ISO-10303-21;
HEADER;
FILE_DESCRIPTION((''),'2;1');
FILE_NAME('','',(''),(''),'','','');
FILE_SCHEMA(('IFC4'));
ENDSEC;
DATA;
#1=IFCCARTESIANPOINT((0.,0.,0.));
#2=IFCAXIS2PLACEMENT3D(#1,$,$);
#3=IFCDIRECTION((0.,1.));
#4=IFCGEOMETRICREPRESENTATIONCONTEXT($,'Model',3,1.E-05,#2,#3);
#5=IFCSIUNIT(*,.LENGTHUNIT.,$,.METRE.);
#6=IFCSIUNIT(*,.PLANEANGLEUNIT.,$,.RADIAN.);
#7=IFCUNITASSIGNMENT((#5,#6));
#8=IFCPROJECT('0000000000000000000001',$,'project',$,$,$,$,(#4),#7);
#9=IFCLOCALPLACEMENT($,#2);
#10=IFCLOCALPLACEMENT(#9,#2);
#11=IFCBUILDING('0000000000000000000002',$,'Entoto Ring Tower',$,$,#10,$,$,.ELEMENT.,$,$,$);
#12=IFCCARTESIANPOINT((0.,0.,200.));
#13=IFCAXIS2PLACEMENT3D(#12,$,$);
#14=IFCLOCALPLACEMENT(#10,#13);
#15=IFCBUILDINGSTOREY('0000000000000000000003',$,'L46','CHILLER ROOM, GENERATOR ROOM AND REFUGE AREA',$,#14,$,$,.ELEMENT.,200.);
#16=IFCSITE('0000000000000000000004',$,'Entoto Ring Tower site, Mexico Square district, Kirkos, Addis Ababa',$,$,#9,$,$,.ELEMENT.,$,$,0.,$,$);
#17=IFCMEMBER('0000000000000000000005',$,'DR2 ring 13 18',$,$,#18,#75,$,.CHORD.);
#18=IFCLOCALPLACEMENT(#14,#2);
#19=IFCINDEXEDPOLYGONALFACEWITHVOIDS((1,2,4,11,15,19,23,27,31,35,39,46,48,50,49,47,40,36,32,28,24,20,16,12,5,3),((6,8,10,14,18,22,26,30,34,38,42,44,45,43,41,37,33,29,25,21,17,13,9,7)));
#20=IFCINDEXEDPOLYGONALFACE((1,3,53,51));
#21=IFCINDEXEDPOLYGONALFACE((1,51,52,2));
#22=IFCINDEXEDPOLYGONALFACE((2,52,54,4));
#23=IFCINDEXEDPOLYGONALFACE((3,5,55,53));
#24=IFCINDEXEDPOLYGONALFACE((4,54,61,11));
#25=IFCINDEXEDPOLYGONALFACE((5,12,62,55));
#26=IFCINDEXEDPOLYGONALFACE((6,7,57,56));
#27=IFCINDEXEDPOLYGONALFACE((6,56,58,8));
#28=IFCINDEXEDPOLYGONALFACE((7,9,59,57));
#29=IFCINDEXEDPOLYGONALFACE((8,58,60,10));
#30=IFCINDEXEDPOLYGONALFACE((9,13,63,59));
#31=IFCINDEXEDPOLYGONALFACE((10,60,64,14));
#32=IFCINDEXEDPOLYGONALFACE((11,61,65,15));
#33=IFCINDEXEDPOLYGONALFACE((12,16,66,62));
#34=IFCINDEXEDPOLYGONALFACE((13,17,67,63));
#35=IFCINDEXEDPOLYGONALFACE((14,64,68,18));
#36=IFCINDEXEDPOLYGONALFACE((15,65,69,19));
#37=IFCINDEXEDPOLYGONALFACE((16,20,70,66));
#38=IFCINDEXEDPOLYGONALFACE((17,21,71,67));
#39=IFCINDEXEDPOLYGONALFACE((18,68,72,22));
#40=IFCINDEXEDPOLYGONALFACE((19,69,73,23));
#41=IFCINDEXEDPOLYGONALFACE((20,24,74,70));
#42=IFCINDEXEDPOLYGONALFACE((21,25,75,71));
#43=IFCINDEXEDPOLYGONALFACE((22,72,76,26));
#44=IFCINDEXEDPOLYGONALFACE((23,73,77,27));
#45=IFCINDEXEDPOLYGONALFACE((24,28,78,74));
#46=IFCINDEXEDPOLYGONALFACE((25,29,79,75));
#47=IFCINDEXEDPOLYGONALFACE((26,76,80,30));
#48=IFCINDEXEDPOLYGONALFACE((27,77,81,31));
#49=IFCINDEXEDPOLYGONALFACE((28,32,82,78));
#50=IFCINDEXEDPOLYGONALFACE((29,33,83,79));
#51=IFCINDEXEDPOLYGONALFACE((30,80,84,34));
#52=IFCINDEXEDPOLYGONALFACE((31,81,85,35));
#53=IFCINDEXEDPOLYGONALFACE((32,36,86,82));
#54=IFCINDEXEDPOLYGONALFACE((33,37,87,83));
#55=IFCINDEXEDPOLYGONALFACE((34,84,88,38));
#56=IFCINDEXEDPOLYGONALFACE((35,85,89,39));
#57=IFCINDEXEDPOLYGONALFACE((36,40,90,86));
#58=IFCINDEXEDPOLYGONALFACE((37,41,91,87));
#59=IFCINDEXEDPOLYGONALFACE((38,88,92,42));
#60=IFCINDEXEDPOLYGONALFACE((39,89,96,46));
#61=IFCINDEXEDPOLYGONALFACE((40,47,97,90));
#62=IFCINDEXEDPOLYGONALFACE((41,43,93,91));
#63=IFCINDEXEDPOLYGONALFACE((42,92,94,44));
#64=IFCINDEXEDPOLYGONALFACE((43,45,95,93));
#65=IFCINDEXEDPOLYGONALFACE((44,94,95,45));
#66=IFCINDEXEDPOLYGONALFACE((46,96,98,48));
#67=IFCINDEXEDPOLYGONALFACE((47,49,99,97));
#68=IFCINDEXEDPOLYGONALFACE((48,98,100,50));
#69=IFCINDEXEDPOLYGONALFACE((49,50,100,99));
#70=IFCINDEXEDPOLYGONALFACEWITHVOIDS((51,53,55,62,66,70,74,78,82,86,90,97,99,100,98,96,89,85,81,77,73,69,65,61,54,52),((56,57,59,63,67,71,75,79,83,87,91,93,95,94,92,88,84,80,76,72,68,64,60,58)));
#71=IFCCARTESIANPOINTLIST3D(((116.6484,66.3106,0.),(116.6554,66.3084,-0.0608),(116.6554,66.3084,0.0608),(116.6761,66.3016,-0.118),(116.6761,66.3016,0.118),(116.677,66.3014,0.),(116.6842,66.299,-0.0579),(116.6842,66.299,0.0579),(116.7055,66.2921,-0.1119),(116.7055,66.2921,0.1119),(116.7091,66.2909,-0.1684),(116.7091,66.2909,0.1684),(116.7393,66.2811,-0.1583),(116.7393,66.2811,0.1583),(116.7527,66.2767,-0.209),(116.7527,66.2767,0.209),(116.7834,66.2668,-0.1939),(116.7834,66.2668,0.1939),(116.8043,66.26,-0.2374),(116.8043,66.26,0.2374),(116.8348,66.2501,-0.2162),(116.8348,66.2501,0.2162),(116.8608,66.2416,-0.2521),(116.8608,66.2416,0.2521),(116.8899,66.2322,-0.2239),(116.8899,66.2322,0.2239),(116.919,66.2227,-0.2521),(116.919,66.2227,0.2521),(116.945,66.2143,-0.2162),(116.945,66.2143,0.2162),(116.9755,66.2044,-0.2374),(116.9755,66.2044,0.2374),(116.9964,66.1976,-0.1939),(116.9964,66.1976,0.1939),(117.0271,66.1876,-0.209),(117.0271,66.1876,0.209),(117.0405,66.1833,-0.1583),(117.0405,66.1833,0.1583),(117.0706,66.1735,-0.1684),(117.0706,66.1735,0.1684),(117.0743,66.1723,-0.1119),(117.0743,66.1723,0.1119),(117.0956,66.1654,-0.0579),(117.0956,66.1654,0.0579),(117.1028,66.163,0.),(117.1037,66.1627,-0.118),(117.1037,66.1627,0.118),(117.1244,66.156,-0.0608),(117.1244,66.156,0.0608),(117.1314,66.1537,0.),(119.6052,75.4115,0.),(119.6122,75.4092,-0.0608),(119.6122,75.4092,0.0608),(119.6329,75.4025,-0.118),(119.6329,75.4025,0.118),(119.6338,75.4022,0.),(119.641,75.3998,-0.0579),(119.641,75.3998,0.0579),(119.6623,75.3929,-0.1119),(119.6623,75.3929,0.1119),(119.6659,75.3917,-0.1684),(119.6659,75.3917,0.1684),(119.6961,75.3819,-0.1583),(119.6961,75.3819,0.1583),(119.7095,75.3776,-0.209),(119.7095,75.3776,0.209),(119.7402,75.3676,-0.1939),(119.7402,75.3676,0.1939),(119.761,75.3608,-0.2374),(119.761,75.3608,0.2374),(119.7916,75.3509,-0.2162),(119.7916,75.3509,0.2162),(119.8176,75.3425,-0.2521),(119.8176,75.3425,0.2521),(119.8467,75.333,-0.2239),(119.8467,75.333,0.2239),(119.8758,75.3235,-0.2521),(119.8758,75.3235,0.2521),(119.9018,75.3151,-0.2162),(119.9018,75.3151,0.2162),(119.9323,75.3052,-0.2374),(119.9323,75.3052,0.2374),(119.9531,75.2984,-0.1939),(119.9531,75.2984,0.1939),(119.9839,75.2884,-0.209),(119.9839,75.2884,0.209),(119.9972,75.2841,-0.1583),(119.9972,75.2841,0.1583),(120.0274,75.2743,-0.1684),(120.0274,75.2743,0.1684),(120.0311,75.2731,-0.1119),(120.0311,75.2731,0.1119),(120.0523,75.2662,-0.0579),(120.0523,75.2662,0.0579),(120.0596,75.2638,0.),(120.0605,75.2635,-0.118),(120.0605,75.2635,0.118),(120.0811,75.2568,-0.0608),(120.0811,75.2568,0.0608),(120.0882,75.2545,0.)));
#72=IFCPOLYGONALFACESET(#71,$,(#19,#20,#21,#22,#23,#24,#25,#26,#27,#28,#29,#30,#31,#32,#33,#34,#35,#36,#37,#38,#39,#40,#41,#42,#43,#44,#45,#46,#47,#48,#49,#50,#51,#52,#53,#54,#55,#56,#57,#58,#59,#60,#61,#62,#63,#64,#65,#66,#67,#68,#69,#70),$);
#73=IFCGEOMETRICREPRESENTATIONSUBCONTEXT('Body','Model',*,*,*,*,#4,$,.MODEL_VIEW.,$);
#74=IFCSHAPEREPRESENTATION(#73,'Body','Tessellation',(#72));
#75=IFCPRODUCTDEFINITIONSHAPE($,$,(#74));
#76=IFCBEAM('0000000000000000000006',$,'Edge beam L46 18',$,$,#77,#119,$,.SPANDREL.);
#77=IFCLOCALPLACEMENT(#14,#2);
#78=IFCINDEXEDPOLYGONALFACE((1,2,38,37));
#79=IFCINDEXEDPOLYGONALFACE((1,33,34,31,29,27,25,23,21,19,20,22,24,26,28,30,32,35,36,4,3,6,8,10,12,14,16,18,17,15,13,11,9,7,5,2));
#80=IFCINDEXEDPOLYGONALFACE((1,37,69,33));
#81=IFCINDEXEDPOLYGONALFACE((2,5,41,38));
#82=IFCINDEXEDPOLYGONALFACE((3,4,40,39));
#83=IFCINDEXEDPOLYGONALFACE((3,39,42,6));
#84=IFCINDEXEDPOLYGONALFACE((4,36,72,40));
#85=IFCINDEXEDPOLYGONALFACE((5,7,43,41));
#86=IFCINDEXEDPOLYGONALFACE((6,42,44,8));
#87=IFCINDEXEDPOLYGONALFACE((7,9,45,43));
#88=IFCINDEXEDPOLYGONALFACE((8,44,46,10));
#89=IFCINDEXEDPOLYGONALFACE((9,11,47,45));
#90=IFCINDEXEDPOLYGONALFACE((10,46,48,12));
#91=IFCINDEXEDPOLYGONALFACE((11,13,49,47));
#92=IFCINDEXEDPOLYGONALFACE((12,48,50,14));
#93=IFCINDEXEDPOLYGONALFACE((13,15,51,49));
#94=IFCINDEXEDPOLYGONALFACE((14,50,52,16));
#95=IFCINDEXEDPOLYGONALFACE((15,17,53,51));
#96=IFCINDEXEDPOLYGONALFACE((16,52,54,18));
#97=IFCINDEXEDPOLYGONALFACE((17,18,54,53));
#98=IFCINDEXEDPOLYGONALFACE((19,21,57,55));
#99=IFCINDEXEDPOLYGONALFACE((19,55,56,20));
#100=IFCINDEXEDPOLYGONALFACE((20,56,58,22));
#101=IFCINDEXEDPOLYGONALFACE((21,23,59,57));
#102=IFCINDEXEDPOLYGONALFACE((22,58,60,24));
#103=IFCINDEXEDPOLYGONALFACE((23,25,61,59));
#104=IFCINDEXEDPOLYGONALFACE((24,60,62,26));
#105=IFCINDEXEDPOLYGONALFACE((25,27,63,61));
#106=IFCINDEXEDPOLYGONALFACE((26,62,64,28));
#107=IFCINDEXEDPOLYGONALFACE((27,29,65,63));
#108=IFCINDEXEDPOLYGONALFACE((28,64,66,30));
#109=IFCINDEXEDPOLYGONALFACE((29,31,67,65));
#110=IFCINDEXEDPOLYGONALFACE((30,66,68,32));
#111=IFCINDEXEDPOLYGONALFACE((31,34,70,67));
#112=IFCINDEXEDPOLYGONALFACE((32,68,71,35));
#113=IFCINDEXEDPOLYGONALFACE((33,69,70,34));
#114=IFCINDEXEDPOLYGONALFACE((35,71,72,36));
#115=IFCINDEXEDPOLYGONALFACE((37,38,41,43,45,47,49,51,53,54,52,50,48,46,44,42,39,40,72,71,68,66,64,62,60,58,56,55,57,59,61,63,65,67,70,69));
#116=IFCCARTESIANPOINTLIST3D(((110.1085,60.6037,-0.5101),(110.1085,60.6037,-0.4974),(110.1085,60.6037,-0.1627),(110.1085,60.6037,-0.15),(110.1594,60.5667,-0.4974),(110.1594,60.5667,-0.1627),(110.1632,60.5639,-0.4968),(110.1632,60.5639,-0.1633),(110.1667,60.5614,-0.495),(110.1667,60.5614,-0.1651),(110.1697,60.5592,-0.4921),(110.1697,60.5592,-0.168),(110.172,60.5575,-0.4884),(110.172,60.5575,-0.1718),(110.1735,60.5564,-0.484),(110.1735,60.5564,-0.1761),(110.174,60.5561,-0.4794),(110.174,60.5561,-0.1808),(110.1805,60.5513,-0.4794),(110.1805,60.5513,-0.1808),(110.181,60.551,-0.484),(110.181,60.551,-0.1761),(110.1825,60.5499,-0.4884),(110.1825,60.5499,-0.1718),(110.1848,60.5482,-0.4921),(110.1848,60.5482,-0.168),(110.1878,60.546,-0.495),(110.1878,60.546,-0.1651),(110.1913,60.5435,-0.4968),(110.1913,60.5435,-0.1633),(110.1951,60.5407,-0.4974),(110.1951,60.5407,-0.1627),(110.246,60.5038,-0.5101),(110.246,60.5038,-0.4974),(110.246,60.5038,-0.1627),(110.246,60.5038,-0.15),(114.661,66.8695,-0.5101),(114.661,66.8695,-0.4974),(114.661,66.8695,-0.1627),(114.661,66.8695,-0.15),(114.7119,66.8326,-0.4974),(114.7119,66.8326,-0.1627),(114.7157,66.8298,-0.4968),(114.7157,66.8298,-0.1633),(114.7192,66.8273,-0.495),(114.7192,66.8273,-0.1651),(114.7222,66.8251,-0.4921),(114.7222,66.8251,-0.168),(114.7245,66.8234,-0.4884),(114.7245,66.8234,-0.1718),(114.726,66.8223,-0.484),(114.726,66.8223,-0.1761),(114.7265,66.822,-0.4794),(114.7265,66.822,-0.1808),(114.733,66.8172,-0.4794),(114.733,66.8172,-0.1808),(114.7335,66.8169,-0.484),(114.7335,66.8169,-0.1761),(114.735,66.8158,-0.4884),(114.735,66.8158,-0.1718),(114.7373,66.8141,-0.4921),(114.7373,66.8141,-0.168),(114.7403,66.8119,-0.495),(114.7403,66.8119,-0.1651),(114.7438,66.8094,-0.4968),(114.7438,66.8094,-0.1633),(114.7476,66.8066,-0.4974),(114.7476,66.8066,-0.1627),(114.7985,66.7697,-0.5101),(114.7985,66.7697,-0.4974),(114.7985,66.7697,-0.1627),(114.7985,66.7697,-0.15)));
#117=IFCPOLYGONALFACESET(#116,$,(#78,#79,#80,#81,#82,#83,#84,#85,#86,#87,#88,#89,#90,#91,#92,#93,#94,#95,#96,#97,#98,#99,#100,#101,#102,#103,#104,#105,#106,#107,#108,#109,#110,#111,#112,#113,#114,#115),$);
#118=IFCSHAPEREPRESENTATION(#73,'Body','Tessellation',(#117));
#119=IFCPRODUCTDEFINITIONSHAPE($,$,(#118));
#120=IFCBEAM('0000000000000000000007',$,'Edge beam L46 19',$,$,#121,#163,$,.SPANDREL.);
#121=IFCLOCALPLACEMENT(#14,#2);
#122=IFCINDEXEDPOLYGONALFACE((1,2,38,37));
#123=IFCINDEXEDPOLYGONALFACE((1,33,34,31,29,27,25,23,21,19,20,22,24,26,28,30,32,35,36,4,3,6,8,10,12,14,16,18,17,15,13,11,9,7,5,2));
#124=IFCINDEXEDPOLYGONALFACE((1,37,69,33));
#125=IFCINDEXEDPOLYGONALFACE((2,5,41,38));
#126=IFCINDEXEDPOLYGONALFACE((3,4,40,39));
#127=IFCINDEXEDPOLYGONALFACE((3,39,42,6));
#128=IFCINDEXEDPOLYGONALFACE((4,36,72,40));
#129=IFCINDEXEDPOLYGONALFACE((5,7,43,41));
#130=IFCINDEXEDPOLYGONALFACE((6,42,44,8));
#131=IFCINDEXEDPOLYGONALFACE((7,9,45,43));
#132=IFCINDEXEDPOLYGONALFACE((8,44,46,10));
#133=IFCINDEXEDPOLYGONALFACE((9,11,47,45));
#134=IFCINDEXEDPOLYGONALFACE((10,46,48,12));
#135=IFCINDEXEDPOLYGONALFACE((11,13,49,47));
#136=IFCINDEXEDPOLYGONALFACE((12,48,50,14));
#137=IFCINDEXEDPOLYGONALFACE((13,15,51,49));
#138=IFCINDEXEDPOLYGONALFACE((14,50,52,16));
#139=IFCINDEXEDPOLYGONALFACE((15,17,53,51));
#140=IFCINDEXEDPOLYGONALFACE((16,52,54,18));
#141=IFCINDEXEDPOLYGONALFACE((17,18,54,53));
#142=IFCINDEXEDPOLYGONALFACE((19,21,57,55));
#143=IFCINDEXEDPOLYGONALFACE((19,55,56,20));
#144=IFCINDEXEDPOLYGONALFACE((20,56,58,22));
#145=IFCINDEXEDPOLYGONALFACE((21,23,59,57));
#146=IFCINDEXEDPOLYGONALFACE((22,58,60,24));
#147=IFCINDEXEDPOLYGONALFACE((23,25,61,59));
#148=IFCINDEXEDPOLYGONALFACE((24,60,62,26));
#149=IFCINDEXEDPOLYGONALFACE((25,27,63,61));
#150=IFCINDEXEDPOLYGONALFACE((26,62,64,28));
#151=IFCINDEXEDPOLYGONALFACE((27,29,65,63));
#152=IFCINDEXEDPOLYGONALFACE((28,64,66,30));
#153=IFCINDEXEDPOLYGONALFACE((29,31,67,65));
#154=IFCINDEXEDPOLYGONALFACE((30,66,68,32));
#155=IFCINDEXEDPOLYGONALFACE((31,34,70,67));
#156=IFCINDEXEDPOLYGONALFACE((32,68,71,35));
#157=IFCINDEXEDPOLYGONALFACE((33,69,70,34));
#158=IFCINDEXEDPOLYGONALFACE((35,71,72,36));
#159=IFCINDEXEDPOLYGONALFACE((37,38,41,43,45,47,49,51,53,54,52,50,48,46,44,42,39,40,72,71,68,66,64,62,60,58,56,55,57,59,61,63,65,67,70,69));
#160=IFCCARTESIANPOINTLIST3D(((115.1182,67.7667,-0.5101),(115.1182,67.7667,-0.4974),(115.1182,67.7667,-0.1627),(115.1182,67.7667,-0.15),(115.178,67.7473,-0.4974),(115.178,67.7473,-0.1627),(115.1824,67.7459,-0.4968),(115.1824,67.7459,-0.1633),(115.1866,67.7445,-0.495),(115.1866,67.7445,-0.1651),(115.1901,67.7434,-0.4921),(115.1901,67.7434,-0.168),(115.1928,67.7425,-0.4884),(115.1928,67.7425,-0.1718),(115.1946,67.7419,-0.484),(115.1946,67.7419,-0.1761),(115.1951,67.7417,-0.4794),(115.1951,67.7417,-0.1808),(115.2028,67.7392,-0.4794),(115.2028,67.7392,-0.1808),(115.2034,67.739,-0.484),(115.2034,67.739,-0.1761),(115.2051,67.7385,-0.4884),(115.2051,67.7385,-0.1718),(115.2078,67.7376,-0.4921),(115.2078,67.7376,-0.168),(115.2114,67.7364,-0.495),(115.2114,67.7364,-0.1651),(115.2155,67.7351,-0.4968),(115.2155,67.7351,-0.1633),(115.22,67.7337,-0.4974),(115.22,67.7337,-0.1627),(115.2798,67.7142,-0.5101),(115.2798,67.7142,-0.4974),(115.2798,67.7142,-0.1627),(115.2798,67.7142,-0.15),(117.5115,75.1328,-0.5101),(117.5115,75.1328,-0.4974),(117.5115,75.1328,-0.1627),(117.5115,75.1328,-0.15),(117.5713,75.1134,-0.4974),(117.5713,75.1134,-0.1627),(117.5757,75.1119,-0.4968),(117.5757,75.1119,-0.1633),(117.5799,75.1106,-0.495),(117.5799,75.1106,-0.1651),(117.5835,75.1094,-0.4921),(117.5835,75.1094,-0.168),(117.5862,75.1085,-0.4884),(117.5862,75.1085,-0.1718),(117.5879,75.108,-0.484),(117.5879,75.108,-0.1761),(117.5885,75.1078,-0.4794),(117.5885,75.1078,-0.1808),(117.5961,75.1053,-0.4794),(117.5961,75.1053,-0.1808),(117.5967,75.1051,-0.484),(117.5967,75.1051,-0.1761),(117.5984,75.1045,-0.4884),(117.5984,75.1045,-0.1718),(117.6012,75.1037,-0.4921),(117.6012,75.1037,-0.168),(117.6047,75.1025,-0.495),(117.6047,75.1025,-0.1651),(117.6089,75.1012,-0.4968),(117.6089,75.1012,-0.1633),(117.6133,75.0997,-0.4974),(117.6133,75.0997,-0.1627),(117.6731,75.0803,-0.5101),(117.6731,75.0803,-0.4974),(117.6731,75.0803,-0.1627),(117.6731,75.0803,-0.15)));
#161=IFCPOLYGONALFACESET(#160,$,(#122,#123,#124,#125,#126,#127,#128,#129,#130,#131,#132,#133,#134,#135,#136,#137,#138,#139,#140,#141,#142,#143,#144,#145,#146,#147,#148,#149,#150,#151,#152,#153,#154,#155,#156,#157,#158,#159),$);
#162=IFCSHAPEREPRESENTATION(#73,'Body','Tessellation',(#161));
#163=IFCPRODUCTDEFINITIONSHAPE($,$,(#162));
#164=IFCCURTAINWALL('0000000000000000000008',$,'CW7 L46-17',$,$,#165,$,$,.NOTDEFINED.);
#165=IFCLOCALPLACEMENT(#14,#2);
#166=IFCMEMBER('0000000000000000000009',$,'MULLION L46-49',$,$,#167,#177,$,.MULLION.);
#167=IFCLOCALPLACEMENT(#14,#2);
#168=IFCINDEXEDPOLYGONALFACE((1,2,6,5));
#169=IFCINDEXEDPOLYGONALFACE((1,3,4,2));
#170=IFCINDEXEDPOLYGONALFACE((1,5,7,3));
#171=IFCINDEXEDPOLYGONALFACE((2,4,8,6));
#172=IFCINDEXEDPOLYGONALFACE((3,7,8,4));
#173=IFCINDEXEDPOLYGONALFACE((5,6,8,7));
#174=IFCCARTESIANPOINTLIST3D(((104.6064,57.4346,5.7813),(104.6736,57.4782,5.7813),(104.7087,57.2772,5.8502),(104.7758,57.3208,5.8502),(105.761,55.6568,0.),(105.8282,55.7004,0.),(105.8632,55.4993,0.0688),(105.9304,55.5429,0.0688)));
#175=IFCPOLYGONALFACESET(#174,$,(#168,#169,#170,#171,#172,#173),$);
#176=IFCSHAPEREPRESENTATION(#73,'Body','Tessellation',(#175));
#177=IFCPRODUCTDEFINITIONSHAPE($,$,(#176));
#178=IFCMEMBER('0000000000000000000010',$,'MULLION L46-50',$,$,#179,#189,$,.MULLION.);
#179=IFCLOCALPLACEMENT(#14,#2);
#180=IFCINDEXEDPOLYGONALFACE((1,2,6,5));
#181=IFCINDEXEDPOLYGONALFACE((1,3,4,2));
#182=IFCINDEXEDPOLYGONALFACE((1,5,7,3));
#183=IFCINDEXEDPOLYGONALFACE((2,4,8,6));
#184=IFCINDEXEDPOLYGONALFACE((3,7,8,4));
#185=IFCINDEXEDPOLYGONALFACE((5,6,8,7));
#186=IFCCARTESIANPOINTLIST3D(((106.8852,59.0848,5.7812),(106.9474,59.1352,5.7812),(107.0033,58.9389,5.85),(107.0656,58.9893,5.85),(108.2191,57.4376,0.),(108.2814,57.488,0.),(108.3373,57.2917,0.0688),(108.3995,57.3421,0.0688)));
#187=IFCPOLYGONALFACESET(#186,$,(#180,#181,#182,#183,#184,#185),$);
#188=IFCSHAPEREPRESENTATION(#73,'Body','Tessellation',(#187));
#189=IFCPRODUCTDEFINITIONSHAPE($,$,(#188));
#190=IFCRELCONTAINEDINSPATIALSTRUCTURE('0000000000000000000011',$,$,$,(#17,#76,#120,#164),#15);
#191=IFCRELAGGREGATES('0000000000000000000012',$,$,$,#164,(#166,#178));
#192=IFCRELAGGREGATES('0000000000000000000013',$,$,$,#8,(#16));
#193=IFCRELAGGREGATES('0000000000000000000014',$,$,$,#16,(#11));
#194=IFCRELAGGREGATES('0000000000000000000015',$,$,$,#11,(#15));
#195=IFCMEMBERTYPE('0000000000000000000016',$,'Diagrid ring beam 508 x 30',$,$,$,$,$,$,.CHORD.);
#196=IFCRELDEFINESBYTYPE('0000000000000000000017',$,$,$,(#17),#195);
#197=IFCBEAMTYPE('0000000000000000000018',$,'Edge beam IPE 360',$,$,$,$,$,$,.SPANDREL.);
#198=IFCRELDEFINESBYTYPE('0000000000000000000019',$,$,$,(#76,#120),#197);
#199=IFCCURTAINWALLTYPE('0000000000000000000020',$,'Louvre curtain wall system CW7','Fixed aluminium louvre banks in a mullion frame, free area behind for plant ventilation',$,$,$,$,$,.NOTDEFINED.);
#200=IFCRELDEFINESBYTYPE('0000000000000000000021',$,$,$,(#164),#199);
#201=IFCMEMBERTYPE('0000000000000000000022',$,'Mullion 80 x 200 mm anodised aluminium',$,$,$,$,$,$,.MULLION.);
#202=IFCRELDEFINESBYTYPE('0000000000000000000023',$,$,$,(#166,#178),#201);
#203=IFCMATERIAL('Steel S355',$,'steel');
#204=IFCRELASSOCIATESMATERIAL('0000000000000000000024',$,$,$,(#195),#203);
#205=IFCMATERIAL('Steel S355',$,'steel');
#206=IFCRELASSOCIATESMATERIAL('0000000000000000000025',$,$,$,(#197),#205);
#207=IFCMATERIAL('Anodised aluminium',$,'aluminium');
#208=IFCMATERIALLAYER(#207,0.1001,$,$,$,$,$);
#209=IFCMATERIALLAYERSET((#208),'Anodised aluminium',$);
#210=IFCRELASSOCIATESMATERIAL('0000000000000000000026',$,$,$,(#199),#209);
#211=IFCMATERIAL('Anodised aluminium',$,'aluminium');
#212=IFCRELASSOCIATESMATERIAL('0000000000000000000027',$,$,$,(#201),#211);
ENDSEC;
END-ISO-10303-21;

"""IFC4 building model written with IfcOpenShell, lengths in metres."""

from ifc_helpers import new_model, si_unit, direction, frame, origin, origin_2d, place, context, subcontext, project, spatial, rectangle, circle, hollow_circle, i_section, extrude, material, layer, layer_set, material_profile, profile_set, type_object, element, aggregate, save


model = new_model("IFC4")

# Units and contexts
model_context = context("Model", 3, precision=1e-05, world=origin(), true_north=direction((0.0, 1.0)))
body_context = subcontext(model_context, "Body", "Model", "MODEL_VIEW")
ifc_project = project(units=[si_unit("LENGTHUNIT", "METRE"), si_unit("PLANEANGLEUNIT", "RADIAN")], contexts=[model_context])

# Site, building, storey
site_placement = place(None, origin())
site = spatial("IfcSite", under=ifc_project, at=site_placement, Name="Entoto Ring Tower site, Mexico Square district, Kirkos, Addis Ababa", CompositionType="ELEMENT", RefElevation=0.0)
building_placement = place(site_placement, origin())
building = spatial("IfcBuilding", under=site, at=building_placement, Name="Entoto Ring Tower", CompositionType="ELEMENT")
storey_placement = place(building_placement, frame((0.0, 0.0, 200.0)))
storey = spatial("IfcBuildingStorey", under=building, at=storey_placement, Name="L46", Description="CHILLER ROOM, GENERATOR ROOM AND REFUGE AREA", CompositionType="ELEMENT", Elevation=200.0)

# Member
ifc_material_1 = material(Name="Steel S355", Category="steel")
ifc_material_profile_1 = material_profile(ifc_material_1, hollow_circle(Radius=0.2539, WallThickness=0.03, at=origin_2d()), Name="CHS 508 x 30")
ifc_material_2 = material(Name="Concrete C60/75", Category="concrete")
ifc_material_profile_2 = material_profile(ifc_material_2, circle(Radius=0.2241, at=origin_2d()), Name="Concrete C60/75 infill")
ifc_profile_set_1 = profile_set([ifc_material_profile_1, ifc_material_profile_2], Name="Steel S355")
member_type_1 = type_object("IfcMemberType", Name="Diagrid ring beam 508 x 30", PredefinedType="CHORD", material=ifc_profile_set_1)
for number, where, z_axis, x_axis, name in (
    (1, (116.8899, 66.2322, 0.0), (0.308993, 0.951064, 0.0), (-0.951064, 0.308993, 0.0), "DR2 ring 13 18"),
):
    element("IfcMember", number, at=place(storey_placement, frame(where, z_axis=z_axis, x_axis=x_axis)), inside=storey, type_object=member_type_1, Name=name, PredefinedType="CHORD", context=body_context, shape_type="SweptSolid", body=[
        extrude(hollow_circle(Radius=0.2539, WallThickness=0.03, at=origin_2d()), origin(), (0.0, 0.0, 1.0), 9.5691),
    ])

# Beams
ifc_material_3 = material(Name="Steel S355", Category="steel")
ifc_material_profile_3 = material_profile(ifc_material_3, i_section(OverallWidth=0.1699, OverallDepth=0.3601, WebThickness=0.0081, FlangeThickness=0.0127, FilletRadius=0.0181, at=origin_2d()), Name="IPE 360")
ifc_profile_set_2 = profile_set([ifc_material_profile_3], Name="Steel S355")
beam_type = type_object("IfcBeamType", Name="Edge beam IPE 360", PredefinedType="SPANDREL", material=ifc_profile_set_2)
for number, where, z_axis, x_axis, name in (
    (2, (110.1772, 60.5537, -0.3301), (0.587791, 0.809013, 0.0), (-0.809013, 0.587791, 0.0), "Edge beam L46 18"),
    (3, (115.199, 67.7405, -0.3301), (0.309013, 0.951058, 0.0), (-0.951058, 0.309013, 0.0), "Edge beam L46 19"),
):
    element("IfcBeam", number, at=place(storey_placement, frame(where, z_axis=z_axis, x_axis=x_axis)), inside=storey, type_object=beam_type, Name=name, PredefinedType="SPANDREL", context=body_context, shape_type="SweptSolid", body=[
        extrude(i_section(OverallWidth=0.1699, OverallDepth=0.3601, WebThickness=0.0081, FlangeThickness=0.0127, FilletRadius=0.0181, at=origin_2d()), origin(), (0.0, 0.0, 1.0), 7.7451),
    ])

# Curtain wall, members
ifc_material_4 = material(Name="Anodised aluminium", Category="aluminium")
ifc_layer_1 = layer(ifc_material_4, 0.1001)
ifc_layer_set_1 = layer_set([ifc_layer_1], Name="Anodised aluminium")
curtain_wall_type = type_object("IfcCurtainWallType", Name="Louvre curtain wall system CW7", Description="Fixed aluminium louvre banks in a mullion frame, free area behind for plant ventilation", PredefinedType="NOTDEFINED", material=ifc_layer_set_1)
curtain_wall_1_placement = place(storey_placement, origin())
curtain_wall_1 = element("IfcCurtainWall", 4, at=curtain_wall_1_placement, inside=storey, type_object=curtain_wall_type, Name="CW7 L46-17", PredefinedType="NOTDEFINED")
ifc_material_5 = material(Name="Anodised aluminium", Category="aluminium")
ifc_material_profile_4 = material_profile(ifc_material_5, rectangle(XDim=0.0801, YDim=0.2, at=origin_2d()), Name="Mullion 80 x 200 mm anodised aluminium")
ifc_profile_set_3 = profile_set([ifc_material_profile_4], Name="Anodised aluminium")
member_type_2 = type_object("IfcMemberType", Name="Mullion 80 x 200 mm anodised aluminium", PredefinedType="MULLION", material=ifc_profile_set_3)
member_1_placement = place(storey_placement, frame((105.8457, 55.5999, 0.0344), z_axis=(-0.187497, 0.28872, 0.938875), x_axis=(-0.83867, -0.54464, 0.0)))
member_1 = element("IfcMember", 5, at=member_1_placement, type_object=member_type_2, Name="MULLION L46-49", PredefinedType="MULLION", context=body_context, shape_type="SweptSolid", body=[
    extrude(rectangle(XDim=0.0801, YDim=0.2, at=origin_2d()), origin(), (0.0, 0.0, 1.0), 6.1577),
])
member_2_placement = place(storey_placement, frame((108.3093, 57.3899, 0.0344), z_axis=(-0.216641, 0.267511, 0.938885), x_axis=(-0.777124, -0.629347, 0.0)))
member_2 = element("IfcMember", 6, at=member_2_placement, type_object=member_type_2, Name="MULLION L46-50", PredefinedType="MULLION", context=body_context, shape_type="SweptSolid", body=[
    extrude(rectangle(XDim=0.0801, YDim=0.2, at=origin_2d()), origin(), (0.0, 0.0, 1.0), 6.1575),
])
aggregate(curtain_wall_1, [member_1, member_2])

save(model, "model.ifc")
